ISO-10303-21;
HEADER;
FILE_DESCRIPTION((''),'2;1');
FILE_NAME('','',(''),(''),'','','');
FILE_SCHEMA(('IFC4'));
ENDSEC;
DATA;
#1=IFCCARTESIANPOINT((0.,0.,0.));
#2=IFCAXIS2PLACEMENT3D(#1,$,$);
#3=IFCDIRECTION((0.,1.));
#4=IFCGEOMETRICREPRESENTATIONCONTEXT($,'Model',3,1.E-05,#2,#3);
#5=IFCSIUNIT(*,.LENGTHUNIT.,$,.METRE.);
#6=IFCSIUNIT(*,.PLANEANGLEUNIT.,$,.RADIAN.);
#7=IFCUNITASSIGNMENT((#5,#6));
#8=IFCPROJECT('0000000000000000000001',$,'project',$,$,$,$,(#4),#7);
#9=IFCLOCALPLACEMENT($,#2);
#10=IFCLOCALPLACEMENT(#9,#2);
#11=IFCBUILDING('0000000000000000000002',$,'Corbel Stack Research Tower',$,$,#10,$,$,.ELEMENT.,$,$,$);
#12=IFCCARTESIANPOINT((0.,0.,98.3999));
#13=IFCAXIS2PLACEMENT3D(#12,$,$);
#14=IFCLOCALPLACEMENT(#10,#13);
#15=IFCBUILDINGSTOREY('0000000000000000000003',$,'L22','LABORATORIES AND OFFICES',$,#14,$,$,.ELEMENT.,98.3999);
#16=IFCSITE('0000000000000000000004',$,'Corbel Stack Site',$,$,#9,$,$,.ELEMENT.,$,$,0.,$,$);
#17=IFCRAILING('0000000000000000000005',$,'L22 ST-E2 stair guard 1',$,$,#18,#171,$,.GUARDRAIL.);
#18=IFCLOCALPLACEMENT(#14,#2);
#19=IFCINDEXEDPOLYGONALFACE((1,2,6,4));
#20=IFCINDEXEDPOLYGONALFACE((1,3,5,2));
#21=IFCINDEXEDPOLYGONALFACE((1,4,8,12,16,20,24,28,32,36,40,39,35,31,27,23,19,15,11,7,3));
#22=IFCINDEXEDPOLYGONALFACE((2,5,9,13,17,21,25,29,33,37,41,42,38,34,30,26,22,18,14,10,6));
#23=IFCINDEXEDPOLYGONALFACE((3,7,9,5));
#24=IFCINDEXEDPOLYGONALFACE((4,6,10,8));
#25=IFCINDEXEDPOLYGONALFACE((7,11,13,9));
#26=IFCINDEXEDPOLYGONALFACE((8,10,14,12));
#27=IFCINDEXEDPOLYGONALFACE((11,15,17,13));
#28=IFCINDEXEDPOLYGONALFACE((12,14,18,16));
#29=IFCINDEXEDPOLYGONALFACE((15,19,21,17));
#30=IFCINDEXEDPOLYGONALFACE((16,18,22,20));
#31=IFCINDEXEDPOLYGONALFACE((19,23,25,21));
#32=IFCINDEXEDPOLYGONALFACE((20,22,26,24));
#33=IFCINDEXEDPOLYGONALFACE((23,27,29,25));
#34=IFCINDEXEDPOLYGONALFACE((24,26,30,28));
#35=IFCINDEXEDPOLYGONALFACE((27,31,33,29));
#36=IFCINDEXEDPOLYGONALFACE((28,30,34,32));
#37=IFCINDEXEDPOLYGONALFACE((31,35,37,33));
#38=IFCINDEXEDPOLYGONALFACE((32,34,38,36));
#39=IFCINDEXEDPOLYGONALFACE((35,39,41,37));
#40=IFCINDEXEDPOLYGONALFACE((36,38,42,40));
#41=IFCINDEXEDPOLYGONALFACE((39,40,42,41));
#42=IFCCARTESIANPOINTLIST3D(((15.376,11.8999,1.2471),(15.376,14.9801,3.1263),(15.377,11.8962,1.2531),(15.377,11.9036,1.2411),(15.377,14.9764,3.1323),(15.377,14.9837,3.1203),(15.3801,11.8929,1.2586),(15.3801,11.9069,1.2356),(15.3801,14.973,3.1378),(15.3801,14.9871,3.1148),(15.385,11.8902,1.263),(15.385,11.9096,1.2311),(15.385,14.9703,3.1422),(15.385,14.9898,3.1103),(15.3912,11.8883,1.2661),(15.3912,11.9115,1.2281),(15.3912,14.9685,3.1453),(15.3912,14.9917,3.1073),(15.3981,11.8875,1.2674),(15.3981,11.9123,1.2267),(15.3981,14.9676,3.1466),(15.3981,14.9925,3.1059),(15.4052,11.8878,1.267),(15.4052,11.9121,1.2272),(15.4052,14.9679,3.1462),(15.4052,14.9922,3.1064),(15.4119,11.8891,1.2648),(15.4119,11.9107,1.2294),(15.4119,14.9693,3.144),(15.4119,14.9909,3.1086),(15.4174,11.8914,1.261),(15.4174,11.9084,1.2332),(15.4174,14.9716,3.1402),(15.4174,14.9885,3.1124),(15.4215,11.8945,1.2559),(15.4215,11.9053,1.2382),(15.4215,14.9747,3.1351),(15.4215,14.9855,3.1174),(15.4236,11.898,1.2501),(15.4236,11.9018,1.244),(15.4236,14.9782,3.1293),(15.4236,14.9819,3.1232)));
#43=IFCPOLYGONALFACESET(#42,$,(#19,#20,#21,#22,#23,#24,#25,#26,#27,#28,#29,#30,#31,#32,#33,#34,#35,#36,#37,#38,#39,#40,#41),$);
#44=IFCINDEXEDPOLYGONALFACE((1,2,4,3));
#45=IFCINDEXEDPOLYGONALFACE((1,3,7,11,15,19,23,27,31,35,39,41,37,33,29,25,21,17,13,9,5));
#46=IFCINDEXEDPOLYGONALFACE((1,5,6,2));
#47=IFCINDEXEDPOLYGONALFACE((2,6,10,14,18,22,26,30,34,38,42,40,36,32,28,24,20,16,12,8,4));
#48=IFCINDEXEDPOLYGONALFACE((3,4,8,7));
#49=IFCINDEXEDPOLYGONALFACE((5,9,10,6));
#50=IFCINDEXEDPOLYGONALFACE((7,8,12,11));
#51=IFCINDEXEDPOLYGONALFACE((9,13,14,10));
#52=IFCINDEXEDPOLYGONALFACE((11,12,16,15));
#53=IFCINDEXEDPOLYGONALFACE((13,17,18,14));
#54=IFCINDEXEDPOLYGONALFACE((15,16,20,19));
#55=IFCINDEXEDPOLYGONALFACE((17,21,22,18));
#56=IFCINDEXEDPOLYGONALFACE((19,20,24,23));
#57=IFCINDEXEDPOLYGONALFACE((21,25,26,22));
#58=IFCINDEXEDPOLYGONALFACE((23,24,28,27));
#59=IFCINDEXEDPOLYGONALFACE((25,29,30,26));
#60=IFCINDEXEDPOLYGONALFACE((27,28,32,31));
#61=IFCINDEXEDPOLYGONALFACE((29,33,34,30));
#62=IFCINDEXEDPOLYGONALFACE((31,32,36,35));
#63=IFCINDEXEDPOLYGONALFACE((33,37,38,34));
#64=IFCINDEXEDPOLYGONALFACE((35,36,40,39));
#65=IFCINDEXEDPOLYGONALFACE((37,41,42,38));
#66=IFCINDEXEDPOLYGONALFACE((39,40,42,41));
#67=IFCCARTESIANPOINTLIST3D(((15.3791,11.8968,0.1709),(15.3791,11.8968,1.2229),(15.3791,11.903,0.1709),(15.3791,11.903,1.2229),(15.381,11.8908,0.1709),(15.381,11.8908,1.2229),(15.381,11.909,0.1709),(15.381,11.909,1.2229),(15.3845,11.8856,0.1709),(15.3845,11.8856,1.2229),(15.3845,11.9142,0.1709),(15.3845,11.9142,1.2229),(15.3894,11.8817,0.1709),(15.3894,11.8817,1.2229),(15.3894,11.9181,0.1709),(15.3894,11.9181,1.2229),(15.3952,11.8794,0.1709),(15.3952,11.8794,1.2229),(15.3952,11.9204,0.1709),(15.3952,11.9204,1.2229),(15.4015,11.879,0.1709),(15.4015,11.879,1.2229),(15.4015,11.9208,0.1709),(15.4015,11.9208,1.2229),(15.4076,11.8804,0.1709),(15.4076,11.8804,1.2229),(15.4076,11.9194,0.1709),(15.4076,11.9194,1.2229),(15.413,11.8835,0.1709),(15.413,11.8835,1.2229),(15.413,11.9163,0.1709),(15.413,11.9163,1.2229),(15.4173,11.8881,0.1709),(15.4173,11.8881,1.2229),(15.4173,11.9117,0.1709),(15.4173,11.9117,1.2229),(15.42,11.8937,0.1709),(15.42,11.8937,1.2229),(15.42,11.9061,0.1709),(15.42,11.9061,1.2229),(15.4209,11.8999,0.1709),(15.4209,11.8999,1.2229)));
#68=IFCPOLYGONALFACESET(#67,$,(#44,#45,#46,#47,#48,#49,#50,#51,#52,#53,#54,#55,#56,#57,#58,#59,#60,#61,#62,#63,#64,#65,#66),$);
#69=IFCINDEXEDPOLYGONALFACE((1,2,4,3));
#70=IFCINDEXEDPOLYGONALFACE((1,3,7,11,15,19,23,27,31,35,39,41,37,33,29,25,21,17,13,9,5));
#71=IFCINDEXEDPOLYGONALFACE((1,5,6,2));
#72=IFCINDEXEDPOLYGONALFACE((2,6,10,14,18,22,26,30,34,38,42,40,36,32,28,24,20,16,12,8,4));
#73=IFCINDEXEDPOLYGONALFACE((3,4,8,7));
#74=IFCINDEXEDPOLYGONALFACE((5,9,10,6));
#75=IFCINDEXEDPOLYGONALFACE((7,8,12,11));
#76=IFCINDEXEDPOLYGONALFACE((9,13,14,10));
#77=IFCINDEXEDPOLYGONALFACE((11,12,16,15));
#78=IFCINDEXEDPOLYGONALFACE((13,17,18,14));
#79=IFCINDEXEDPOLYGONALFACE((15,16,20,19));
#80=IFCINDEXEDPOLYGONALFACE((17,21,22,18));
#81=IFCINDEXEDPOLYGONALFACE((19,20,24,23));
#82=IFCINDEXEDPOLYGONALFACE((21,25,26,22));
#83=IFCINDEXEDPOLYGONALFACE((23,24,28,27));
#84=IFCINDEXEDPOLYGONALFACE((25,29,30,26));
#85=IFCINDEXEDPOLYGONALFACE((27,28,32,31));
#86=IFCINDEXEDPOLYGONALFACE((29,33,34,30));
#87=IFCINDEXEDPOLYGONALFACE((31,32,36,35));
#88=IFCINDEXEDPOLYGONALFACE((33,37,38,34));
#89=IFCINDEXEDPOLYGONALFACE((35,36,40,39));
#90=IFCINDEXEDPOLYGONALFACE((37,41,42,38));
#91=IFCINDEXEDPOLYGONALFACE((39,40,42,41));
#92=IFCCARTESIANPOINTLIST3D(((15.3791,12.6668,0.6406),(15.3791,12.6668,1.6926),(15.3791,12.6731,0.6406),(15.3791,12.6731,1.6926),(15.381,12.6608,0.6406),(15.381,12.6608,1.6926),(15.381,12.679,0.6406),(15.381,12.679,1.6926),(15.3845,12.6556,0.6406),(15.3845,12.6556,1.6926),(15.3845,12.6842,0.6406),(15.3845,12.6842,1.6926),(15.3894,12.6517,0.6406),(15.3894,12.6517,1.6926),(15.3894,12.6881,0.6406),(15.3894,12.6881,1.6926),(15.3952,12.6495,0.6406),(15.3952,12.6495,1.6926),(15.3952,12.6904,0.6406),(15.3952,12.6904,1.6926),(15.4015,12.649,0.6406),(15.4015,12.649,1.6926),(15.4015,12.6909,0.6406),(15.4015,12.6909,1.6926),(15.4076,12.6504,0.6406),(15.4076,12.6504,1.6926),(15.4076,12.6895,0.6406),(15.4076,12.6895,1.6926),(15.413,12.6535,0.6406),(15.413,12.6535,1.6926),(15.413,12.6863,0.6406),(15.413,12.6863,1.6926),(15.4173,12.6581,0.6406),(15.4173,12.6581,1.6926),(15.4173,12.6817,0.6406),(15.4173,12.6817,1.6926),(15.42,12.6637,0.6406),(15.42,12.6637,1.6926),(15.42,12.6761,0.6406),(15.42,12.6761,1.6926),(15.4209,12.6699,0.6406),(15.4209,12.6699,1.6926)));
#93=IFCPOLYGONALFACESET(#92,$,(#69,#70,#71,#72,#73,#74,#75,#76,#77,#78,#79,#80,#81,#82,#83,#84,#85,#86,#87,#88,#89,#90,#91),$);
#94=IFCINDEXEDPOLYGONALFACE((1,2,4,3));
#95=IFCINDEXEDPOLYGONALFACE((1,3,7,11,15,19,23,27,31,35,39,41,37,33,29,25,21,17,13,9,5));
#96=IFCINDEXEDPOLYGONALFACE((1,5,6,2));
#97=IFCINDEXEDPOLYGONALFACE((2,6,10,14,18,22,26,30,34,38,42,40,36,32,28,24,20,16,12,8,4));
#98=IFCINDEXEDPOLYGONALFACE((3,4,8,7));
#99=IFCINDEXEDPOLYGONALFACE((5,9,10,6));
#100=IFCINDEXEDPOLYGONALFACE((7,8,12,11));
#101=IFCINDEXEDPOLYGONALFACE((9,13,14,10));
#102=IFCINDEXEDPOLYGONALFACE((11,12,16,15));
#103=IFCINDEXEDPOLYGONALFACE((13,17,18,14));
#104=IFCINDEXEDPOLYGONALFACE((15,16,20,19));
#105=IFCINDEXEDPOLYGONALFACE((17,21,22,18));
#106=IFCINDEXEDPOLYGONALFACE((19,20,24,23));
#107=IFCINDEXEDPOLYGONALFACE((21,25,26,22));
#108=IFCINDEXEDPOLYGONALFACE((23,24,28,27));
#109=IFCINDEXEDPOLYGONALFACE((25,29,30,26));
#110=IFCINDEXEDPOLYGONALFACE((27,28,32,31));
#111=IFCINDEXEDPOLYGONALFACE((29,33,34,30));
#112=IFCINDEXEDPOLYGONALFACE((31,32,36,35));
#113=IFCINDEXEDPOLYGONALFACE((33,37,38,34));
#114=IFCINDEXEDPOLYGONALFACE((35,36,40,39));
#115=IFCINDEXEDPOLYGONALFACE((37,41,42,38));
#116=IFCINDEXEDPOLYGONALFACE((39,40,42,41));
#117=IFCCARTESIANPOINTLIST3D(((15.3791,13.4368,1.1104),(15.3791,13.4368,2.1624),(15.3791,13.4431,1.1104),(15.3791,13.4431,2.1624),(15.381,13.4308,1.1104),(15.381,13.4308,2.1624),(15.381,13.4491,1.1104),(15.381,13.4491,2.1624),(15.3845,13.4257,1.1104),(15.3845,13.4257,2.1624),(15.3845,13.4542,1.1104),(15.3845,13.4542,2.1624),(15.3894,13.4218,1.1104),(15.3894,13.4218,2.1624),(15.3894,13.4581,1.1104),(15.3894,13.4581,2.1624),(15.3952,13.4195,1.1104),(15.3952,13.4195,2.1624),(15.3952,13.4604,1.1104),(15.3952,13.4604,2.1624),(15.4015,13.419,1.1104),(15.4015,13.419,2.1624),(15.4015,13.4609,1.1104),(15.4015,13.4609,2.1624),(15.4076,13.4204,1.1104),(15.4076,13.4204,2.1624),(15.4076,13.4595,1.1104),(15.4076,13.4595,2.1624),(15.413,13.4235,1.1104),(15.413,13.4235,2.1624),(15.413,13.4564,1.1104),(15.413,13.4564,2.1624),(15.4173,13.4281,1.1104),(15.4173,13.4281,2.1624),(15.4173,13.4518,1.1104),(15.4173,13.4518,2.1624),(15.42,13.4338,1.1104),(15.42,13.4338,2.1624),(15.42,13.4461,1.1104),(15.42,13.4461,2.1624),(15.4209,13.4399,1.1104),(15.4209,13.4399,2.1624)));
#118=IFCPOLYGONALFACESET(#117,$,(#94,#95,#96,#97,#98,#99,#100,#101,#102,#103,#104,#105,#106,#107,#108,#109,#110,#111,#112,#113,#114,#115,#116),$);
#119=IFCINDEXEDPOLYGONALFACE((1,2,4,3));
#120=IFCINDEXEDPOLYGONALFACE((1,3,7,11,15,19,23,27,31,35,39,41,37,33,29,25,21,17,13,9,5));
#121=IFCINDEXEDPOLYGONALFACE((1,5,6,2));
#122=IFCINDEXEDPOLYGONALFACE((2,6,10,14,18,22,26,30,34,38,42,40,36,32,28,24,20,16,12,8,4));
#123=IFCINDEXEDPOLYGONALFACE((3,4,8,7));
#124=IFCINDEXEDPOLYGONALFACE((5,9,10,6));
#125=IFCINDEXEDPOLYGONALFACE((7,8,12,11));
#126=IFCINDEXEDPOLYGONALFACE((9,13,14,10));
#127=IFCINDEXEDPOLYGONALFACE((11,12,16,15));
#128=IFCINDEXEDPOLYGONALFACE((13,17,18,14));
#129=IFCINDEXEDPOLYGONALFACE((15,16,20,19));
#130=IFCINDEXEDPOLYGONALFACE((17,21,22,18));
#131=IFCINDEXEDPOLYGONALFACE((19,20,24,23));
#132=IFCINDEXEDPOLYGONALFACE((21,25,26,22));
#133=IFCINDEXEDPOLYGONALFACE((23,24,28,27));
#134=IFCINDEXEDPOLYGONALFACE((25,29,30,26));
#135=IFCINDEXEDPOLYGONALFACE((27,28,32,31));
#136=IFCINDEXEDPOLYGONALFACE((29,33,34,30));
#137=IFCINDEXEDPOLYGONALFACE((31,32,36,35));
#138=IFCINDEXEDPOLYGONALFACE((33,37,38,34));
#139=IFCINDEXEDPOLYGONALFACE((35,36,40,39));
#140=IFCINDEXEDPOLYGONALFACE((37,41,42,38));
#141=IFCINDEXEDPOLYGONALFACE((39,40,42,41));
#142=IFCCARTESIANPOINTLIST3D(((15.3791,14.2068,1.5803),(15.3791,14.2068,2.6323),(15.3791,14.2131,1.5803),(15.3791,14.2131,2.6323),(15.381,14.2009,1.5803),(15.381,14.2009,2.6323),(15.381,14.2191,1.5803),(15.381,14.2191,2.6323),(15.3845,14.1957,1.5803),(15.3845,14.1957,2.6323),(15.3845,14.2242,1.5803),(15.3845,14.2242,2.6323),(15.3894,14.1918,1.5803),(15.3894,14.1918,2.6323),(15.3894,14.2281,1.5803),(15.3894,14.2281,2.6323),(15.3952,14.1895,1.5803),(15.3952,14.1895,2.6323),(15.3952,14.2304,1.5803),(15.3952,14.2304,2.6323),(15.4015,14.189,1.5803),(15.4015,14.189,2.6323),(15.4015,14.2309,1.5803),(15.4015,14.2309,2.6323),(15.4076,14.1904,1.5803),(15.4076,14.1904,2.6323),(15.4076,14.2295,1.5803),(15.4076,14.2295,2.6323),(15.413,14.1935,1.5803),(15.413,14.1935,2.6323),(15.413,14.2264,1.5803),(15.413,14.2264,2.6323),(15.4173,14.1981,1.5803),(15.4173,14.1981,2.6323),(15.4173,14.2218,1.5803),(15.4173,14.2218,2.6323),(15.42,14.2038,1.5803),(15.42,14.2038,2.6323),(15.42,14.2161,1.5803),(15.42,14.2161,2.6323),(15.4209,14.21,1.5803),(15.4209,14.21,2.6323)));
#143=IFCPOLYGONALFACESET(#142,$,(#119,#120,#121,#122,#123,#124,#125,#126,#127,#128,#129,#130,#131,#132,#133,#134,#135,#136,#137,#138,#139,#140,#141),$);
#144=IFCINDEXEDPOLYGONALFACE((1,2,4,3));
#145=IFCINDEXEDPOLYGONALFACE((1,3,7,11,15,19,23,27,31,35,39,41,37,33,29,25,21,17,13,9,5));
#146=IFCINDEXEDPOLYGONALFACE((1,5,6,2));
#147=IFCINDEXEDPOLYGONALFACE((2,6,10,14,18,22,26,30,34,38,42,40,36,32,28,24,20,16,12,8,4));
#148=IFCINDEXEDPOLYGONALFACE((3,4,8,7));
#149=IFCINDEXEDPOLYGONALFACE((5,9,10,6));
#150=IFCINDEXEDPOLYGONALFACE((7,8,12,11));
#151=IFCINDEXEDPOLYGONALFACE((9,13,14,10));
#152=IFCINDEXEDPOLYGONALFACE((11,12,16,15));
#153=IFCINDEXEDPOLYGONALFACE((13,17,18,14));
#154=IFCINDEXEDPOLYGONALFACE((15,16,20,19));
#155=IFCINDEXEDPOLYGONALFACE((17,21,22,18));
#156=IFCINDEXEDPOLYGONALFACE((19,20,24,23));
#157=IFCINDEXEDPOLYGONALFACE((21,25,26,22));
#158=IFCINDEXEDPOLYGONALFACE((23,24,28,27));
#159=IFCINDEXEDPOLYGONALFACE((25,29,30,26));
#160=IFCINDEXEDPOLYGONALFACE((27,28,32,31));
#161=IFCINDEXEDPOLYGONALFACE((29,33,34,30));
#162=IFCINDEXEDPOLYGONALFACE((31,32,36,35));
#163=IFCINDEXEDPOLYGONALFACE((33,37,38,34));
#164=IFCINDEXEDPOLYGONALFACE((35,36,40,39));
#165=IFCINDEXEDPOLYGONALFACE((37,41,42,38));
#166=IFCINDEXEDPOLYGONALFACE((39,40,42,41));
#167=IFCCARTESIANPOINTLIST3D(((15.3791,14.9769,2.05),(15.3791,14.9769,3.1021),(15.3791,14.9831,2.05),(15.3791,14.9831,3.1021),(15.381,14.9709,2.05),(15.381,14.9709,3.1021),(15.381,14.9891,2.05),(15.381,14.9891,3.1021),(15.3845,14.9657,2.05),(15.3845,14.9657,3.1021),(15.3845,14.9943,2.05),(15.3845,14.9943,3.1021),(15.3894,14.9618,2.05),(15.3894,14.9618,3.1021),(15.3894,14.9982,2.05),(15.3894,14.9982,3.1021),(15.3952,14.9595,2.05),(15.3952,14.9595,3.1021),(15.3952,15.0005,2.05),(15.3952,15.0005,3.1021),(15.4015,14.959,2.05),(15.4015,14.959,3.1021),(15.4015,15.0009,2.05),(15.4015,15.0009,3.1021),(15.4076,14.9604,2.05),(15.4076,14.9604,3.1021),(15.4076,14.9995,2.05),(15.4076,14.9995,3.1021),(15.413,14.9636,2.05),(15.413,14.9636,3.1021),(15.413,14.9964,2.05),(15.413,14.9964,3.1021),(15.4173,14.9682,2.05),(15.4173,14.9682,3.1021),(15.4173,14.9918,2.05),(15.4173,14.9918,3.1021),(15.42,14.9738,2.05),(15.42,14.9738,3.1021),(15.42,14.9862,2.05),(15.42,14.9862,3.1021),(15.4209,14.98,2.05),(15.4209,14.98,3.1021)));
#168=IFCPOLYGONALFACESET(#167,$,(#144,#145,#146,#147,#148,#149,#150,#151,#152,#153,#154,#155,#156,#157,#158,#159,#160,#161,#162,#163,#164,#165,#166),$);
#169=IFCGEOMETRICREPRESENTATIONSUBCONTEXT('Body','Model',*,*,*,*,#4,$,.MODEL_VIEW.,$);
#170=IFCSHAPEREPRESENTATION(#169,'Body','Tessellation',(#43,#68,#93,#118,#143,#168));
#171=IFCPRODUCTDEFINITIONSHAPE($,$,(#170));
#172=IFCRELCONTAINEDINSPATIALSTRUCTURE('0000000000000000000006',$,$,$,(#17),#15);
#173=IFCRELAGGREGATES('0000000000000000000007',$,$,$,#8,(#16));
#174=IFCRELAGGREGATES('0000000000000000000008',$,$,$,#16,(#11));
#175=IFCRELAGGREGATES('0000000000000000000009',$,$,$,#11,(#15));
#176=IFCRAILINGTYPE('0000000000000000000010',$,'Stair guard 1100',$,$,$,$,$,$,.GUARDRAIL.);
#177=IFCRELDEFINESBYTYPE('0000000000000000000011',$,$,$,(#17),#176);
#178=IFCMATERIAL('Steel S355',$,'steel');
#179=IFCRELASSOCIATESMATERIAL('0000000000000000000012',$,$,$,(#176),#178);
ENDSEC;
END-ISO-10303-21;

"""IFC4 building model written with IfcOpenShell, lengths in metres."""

from ifc_helpers import new_model, si_unit, direction, frame, origin, origin_2d, place, context, subcontext, project, spatial, circle, extrude, material, type_object, element, save


model = new_model("IFC4")

# Units and contexts
model_context = context("Model", 3, precision=1e-05, world=origin(), true_north=direction((0.0, 1.0)))
body_context = subcontext(model_context, "Body", "Model", "MODEL_VIEW")
ifc_project = project(units=[si_unit("LENGTHUNIT", "METRE"), si_unit("PLANEANGLEUNIT", "RADIAN")], contexts=[model_context])

# Site, building, storey
site_placement = place(None, origin())
site = spatial("IfcSite", under=ifc_project, at=site_placement, Name="Corbel Stack Site", CompositionType="ELEMENT", RefElevation=0.0)
building_placement = place(site_placement, origin())
building = spatial("IfcBuilding", under=site, at=building_placement, Name="Corbel Stack Research Tower", CompositionType="ELEMENT")
storey_placement = place(building_placement, frame((0.0, 0.0, 98.3999)))
storey = spatial("IfcBuildingStorey", under=building, at=storey_placement, Name="L22", Description="LABORATORIES AND OFFICES", CompositionType="ELEMENT", Elevation=98.3999)

# Railing
ifc_material_1 = material(Name="Steel S355", Category="steel")
railing_type_1 = type_object("IfcRailingType", Name="Stair guard 1100", PredefinedType="GUARDRAIL", material=ifc_material_1)
railing_1_placement = place(storey_placement, frame((15.3999, 11.8999, 0.1709)))
element("IfcRailing", 1, at=railing_1_placement, inside=storey, type_object=railing_type_1, Name="L22 ST-E2 stair guard 1", PredefinedType="GUARDRAIL", context=body_context, shape_type="SweptSolid", body=[
    extrude(circle(Radius=0.0239, at=origin_2d()), frame((0.0, 0.0, 1.0762), z_axis=(0.0, 0.853666, 0.52082), x_axis=(-1.0, 0.0, 0.0)), (0.0, 0.0, 1.0), 3.6082),
    extrude(circle(Radius=0.021, at=origin_2d()), origin(), (0.0, 0.0, 1.0), 1.052),
    extrude(circle(Radius=0.021, at=origin_2d()), frame((0.0, 0.77, 0.4697)), (0.0, 0.0, 1.0), 1.052),
    extrude(circle(Radius=0.021, at=origin_2d()), frame((0.0, 1.54, 0.9395)), (0.0, 0.0, 1.0), 1.052),
    extrude(circle(Radius=0.021, at=origin_2d()), frame((0.0, 2.3101, 1.4094)), (0.0, 0.0, 1.0), 1.052),
    extrude(circle(Radius=0.021, at=origin_2d()), frame((0.0, 3.0801, 1.8792)), (0.0, 0.0, 1.0), 1.052),
])

save(model, "model.ifc")
